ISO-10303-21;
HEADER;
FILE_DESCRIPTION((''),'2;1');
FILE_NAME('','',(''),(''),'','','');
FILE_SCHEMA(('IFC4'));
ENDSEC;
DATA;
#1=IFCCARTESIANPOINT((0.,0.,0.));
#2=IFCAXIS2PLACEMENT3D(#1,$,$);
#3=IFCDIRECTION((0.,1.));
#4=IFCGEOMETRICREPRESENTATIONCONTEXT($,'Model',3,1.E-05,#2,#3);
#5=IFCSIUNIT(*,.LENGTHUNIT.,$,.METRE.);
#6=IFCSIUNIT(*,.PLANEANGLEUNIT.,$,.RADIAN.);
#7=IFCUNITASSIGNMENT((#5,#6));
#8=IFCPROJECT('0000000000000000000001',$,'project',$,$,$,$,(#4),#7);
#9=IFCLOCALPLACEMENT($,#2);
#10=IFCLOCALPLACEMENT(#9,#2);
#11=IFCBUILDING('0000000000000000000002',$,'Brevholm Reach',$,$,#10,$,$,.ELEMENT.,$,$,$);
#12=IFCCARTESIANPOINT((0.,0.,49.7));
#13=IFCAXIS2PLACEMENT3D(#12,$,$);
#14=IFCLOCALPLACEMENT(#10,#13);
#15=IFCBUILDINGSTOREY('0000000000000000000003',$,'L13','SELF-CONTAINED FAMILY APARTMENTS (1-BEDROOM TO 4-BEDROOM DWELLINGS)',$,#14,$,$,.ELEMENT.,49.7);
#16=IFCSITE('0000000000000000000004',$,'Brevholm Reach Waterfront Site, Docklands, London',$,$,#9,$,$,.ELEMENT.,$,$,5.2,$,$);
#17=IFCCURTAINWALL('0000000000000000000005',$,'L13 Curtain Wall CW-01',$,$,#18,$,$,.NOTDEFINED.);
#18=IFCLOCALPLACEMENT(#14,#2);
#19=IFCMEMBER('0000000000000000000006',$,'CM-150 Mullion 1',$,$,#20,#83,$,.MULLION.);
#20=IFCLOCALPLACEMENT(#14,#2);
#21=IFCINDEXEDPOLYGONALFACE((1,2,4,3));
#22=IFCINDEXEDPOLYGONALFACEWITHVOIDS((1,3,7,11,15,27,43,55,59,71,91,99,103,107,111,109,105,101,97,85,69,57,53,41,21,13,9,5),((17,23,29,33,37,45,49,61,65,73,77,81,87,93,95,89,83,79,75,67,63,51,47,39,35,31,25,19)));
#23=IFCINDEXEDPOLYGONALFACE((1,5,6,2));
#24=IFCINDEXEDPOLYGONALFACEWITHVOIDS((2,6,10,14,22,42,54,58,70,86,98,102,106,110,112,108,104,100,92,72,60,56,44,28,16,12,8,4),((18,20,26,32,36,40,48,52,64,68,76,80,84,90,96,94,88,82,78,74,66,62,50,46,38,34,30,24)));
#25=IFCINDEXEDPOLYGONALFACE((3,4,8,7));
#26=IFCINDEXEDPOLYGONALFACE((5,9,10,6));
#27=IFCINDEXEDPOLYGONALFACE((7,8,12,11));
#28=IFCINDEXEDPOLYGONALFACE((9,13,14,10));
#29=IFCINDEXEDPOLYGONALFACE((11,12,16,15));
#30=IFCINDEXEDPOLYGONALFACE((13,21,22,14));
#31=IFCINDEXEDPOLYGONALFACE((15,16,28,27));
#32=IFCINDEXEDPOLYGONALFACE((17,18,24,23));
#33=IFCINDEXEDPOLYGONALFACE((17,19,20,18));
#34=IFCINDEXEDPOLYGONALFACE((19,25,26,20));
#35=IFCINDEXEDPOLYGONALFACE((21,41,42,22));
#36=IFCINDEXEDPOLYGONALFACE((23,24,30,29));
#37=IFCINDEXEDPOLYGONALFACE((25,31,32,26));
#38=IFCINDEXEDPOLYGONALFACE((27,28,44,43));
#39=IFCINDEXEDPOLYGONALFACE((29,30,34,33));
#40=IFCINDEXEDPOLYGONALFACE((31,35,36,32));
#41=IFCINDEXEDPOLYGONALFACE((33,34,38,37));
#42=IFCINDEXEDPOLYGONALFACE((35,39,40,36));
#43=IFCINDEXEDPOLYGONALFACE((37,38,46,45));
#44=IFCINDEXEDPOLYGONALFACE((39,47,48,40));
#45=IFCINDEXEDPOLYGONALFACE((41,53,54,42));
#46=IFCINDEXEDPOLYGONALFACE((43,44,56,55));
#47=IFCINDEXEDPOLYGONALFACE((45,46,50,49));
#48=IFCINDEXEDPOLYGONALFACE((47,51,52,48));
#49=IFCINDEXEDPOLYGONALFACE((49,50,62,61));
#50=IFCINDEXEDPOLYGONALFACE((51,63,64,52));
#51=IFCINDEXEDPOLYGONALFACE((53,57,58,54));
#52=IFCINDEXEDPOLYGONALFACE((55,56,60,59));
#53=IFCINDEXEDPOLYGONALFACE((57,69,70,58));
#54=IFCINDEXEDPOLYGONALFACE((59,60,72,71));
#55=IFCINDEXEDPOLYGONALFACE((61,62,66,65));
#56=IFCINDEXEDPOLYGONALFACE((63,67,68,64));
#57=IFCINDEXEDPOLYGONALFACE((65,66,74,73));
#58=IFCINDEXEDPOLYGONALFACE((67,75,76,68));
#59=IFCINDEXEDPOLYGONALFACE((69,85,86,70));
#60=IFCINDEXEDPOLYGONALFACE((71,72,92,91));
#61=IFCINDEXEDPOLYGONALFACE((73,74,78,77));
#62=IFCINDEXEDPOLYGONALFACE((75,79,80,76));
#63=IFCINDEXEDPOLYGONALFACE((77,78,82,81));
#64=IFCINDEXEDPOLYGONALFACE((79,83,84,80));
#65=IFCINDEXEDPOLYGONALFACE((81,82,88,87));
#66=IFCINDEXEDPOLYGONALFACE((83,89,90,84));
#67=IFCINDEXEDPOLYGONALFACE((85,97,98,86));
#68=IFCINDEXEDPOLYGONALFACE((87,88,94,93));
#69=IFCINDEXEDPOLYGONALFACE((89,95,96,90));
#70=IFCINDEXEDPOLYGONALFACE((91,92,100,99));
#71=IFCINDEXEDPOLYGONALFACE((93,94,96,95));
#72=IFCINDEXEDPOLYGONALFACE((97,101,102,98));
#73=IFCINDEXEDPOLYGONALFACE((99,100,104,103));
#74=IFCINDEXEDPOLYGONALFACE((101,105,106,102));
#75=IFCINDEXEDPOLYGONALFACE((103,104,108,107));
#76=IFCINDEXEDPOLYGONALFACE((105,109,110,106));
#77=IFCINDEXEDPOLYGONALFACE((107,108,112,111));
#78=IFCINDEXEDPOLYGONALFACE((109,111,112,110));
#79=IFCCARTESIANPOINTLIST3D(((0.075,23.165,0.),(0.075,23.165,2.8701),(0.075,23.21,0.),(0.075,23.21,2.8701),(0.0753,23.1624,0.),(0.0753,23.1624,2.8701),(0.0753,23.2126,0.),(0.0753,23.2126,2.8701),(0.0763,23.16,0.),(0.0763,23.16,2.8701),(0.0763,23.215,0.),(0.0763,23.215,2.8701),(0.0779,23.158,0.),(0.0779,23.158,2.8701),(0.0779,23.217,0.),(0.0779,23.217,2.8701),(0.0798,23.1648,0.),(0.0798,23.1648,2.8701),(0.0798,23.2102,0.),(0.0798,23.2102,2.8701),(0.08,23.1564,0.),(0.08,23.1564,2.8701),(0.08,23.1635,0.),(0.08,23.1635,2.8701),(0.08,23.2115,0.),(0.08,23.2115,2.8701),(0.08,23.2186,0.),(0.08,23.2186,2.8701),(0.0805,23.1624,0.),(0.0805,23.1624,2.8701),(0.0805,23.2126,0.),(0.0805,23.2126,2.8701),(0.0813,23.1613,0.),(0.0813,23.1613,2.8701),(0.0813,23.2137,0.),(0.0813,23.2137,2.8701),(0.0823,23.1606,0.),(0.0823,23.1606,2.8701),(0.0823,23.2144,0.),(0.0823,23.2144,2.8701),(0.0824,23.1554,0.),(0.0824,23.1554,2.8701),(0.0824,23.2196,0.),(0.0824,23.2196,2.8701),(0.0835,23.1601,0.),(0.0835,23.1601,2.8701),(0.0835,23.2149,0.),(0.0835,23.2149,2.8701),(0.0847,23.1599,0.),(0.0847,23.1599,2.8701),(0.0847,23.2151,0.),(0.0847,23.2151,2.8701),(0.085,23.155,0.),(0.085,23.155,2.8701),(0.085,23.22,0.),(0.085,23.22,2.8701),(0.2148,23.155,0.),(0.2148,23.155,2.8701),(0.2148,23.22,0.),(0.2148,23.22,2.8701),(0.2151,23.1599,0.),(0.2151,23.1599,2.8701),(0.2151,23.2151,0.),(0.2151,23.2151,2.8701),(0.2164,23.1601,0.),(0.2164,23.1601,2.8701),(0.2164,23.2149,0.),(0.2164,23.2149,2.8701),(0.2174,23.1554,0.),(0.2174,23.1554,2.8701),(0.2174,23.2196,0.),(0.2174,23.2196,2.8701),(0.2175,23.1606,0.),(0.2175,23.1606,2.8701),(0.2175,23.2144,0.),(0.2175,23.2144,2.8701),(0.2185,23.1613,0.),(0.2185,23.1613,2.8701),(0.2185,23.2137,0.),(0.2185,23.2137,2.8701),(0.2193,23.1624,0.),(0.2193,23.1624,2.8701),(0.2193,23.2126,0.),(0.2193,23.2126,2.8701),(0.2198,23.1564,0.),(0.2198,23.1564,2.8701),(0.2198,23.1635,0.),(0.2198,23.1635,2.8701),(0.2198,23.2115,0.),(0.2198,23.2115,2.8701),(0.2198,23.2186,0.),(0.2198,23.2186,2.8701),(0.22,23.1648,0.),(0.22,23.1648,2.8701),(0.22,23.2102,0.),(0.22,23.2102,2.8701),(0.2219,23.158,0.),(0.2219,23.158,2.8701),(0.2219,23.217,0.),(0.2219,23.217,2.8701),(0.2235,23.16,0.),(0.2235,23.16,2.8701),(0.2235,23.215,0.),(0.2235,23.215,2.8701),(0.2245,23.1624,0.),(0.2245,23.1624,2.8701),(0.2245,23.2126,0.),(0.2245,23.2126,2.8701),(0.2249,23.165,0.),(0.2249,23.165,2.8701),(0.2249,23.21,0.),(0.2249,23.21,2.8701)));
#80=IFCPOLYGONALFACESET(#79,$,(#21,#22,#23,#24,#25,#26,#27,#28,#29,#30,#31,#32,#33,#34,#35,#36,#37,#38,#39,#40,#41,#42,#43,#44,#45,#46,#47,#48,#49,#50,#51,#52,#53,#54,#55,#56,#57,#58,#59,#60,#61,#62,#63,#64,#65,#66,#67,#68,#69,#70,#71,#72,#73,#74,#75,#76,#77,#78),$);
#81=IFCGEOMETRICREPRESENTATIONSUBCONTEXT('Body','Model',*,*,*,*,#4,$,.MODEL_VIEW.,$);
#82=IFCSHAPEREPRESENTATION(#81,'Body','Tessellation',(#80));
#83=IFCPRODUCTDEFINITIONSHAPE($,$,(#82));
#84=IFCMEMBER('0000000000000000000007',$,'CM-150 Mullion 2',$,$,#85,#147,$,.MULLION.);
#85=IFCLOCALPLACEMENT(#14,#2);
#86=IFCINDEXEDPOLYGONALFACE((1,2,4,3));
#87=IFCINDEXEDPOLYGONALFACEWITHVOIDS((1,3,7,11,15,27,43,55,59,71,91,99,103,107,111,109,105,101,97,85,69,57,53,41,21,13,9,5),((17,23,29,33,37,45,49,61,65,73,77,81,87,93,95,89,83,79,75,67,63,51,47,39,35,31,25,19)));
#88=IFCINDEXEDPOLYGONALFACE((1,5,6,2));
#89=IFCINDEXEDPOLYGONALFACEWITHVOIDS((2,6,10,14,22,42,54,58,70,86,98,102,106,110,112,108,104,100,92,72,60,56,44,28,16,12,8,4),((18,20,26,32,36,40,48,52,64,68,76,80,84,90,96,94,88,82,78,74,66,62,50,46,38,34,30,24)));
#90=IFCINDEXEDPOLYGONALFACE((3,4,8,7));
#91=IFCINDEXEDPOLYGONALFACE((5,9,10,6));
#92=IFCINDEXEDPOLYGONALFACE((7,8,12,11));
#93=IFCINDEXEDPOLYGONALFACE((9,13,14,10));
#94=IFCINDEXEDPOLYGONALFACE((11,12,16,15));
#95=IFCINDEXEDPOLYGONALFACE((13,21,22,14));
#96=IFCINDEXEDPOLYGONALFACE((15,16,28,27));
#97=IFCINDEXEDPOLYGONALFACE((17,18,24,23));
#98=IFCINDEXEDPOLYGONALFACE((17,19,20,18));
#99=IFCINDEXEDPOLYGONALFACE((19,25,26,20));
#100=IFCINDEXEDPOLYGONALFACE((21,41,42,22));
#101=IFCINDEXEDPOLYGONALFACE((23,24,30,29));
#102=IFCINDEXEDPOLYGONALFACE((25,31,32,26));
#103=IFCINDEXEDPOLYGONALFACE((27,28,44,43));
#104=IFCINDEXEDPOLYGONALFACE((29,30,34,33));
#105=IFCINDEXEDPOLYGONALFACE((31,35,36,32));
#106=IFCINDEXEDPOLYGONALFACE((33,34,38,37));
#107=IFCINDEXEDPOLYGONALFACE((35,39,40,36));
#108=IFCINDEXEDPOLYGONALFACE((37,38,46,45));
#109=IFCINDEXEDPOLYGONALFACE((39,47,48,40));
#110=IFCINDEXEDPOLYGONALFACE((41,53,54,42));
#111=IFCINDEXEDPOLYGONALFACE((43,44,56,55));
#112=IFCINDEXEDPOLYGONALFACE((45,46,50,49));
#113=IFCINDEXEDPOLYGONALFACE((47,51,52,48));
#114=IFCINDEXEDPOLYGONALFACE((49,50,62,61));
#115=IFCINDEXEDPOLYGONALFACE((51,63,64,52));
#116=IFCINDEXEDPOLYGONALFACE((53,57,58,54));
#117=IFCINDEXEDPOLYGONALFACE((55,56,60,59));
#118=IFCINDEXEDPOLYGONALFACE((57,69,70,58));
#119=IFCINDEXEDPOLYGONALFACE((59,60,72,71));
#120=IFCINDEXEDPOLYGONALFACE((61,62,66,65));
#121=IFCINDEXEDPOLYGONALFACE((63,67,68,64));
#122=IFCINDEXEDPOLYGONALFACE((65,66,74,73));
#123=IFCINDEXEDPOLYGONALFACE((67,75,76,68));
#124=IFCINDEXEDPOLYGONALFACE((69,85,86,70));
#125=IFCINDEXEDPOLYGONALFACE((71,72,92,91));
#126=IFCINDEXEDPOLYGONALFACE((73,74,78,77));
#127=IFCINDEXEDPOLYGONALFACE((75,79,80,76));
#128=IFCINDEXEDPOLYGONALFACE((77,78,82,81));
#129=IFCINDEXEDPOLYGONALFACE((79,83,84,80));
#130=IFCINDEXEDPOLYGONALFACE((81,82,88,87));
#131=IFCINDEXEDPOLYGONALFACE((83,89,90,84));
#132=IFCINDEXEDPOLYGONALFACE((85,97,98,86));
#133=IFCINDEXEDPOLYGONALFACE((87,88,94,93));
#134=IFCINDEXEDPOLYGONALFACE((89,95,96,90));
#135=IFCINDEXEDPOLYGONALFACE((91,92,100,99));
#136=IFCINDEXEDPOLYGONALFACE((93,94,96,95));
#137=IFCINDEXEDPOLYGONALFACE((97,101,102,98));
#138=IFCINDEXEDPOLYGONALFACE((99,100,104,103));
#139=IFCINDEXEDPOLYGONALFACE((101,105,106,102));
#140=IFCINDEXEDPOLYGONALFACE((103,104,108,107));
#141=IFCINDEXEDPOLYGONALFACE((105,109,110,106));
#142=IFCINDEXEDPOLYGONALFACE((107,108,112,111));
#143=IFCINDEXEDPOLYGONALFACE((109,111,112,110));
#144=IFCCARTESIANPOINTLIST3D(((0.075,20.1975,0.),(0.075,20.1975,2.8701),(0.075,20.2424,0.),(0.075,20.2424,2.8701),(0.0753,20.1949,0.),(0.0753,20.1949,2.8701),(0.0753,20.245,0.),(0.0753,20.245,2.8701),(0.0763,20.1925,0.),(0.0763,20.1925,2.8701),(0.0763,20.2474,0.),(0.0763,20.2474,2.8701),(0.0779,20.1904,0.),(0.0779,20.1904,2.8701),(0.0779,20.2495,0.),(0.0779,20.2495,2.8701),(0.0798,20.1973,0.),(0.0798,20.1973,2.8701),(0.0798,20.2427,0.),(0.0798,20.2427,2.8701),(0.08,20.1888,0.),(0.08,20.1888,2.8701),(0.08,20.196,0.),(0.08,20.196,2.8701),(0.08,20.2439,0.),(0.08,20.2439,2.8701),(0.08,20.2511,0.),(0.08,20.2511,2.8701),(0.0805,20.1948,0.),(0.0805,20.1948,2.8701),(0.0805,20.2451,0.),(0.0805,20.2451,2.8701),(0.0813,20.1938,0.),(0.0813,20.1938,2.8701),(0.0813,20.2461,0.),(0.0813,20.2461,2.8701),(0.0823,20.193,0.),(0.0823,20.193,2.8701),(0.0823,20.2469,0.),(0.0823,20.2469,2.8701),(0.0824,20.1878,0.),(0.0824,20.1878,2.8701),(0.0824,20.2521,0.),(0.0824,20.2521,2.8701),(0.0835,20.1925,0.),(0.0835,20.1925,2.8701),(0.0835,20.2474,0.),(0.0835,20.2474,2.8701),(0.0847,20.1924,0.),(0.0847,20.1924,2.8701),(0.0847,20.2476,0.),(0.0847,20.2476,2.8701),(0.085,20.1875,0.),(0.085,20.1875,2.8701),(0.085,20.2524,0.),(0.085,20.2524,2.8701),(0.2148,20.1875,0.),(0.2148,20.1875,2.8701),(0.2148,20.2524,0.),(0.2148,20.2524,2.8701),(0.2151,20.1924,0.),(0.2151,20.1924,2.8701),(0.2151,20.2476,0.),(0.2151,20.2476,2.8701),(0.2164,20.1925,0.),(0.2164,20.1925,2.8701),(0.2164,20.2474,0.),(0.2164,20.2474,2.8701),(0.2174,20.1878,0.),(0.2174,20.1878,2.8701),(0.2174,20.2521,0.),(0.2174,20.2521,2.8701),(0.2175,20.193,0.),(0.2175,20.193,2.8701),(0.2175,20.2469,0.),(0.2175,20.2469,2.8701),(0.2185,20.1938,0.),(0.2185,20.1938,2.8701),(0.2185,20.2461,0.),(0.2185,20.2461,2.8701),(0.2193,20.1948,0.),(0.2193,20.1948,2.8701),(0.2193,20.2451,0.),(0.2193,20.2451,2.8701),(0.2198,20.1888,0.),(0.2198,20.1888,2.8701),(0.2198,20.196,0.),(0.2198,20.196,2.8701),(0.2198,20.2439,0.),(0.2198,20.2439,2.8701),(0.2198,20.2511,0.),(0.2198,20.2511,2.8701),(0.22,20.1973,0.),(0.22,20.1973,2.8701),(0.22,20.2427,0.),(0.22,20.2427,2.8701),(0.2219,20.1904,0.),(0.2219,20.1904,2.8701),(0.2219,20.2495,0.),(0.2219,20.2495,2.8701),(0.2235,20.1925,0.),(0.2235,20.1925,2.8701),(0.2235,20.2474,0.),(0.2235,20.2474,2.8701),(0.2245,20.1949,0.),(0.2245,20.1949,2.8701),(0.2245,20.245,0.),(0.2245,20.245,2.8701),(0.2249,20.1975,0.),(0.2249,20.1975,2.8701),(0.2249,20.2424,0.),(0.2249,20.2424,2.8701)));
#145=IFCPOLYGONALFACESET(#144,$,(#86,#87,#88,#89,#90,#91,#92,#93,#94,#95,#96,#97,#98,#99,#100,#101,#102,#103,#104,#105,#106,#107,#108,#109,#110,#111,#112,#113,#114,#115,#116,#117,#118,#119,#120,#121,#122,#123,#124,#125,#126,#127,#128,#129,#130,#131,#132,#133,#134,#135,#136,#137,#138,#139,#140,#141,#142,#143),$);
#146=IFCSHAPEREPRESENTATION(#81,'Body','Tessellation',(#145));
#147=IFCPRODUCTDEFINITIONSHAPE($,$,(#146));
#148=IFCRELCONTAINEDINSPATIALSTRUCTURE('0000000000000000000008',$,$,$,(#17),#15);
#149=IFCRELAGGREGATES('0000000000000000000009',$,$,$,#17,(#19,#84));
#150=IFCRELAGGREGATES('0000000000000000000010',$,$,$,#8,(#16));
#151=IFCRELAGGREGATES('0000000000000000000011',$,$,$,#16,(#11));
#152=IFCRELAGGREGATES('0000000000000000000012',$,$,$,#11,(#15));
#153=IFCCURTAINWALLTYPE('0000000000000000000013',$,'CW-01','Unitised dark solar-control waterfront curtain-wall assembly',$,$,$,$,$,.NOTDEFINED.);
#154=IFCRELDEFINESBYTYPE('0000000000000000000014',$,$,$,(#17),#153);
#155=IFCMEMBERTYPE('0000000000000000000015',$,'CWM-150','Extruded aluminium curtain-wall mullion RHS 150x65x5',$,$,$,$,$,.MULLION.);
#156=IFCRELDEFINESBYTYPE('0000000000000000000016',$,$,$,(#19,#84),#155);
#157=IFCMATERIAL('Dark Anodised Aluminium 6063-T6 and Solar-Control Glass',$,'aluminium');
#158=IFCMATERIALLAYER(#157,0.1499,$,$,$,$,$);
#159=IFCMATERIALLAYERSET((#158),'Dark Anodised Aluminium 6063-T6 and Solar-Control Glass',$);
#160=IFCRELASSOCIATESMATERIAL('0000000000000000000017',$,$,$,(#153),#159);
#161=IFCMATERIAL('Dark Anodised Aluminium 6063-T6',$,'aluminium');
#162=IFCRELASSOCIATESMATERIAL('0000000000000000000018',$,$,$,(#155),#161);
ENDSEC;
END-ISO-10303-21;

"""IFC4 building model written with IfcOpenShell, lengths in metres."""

from ifc_helpers import new_model, si_unit, direction, frame, origin, origin_2d, place, context, subcontext, project, spatial, hollow_rectangle, extrude, material, layer, layer_set, material_profile, profile_set, type_object, element, aggregate, save


model = new_model("IFC4")

# Units and contexts
model_context = context("Model", 3, precision=1e-05, world=origin(), true_north=direction((0.0, 1.0)))
body_context = subcontext(model_context, "Body", "Model", "MODEL_VIEW")
ifc_project = project(units=[si_unit("LENGTHUNIT", "METRE"), si_unit("PLANEANGLEUNIT", "RADIAN")], contexts=[model_context])

# Site, building, storey
site_placement = place(None, origin())
site = spatial("IfcSite", under=ifc_project, at=site_placement, Name="Brevholm Reach Waterfront Site, Docklands, London", CompositionType="ELEMENT", RefElevation=5.2)
building_placement = place(site_placement, origin())
building = spatial("IfcBuilding", under=site, at=building_placement, Name="Brevholm Reach", CompositionType="ELEMENT")
storey_placement = place(building_placement, frame((0.0, 0.0, 49.7)))
storey = spatial("IfcBuildingStorey", under=building, at=storey_placement, Name="L13", Description="SELF-CONTAINED FAMILY APARTMENTS (1-BEDROOM TO 4-BEDROOM DWELLINGS)", CompositionType="ELEMENT", Elevation=49.7)

# Curtain wall, members
ifc_material_1 = material(Name="Dark Anodised Aluminium 6063-T6 and Solar-Control Glass", Category="aluminium")
ifc_layer_1 = layer(ifc_material_1, 0.1499)
ifc_layer_set_1 = layer_set([ifc_layer_1], Name="Dark Anodised Aluminium 6063-T6 and Solar-Control Glass")
curtain_wall_type = type_object("IfcCurtainWallType", Name="CW-01", Description="Unitised dark solar-control waterfront curtain-wall assembly", PredefinedType="NOTDEFINED", material=ifc_layer_set_1)
curtain_wall_placement = place(storey_placement, origin())
curtain_wall = element("IfcCurtainWall", 1, at=curtain_wall_placement, inside=storey, type_object=curtain_wall_type, Name="L13 Curtain Wall CW-01", PredefinedType="NOTDEFINED")
ifc_material_2 = material(Name="Dark Anodised Aluminium 6063-T6", Category="aluminium")
ifc_material_profile_1 = material_profile(ifc_material_2, hollow_rectangle(XDim=0.0649, YDim=0.1499, WallThickness=0.0049, InnerFilletRadius=0.0049, OuterFilletRadius=0.01, at=origin_2d()), Name="RHS 150x65x5")
ifc_profile_set_1 = profile_set([ifc_material_profile_1], Name="Dark Anodised Aluminium 6063-T6")
member_type_1 = type_object("IfcMemberType", Name="CWM-150", Description="Extruded aluminium curtain-wall mullion RHS 150x65x5", PredefinedType="MULLION", material=ifc_profile_set_1)
member_1_placement = place(storey_placement, frame((0.1499, 23.1875, 0.0), z_axis=(0.0, 0.0, 1.0), x_axis=(0.0, -1.0, 0.0)))
member_1 = element("IfcMember", 2, at=member_1_placement, type_object=member_type_1, Name="CM-150 Mullion 1", PredefinedType="MULLION", context=body_context, shape_type="SweptSolid", body=[
    extrude(hollow_rectangle(XDim=0.0649, YDim=0.1499, WallThickness=0.0049, InnerFilletRadius=0.0049, OuterFilletRadius=0.01, at=origin_2d()), origin(), (0.0, 0.0, 1.0), 2.8701),
])
member_2_placement = place(storey_placement, frame((0.1499, 20.22, 0.0), z_axis=(0.0, 0.0, 1.0), x_axis=(0.0, -1.0, 0.0)))
member_2 = element("IfcMember", 3, at=member_2_placement, type_object=member_type_1, Name="CM-150 Mullion 2", PredefinedType="MULLION", context=body_context, shape_type="SweptSolid", body=[
    extrude(hollow_rectangle(XDim=0.0649, YDim=0.1499, WallThickness=0.0049, InnerFilletRadius=0.0049, OuterFilletRadius=0.01, at=origin_2d()), origin(), (0.0, 0.0, 1.0), 2.8701),
])
aggregate(curtain_wall, [member_1, member_2])

save(model, "model.ifc")
